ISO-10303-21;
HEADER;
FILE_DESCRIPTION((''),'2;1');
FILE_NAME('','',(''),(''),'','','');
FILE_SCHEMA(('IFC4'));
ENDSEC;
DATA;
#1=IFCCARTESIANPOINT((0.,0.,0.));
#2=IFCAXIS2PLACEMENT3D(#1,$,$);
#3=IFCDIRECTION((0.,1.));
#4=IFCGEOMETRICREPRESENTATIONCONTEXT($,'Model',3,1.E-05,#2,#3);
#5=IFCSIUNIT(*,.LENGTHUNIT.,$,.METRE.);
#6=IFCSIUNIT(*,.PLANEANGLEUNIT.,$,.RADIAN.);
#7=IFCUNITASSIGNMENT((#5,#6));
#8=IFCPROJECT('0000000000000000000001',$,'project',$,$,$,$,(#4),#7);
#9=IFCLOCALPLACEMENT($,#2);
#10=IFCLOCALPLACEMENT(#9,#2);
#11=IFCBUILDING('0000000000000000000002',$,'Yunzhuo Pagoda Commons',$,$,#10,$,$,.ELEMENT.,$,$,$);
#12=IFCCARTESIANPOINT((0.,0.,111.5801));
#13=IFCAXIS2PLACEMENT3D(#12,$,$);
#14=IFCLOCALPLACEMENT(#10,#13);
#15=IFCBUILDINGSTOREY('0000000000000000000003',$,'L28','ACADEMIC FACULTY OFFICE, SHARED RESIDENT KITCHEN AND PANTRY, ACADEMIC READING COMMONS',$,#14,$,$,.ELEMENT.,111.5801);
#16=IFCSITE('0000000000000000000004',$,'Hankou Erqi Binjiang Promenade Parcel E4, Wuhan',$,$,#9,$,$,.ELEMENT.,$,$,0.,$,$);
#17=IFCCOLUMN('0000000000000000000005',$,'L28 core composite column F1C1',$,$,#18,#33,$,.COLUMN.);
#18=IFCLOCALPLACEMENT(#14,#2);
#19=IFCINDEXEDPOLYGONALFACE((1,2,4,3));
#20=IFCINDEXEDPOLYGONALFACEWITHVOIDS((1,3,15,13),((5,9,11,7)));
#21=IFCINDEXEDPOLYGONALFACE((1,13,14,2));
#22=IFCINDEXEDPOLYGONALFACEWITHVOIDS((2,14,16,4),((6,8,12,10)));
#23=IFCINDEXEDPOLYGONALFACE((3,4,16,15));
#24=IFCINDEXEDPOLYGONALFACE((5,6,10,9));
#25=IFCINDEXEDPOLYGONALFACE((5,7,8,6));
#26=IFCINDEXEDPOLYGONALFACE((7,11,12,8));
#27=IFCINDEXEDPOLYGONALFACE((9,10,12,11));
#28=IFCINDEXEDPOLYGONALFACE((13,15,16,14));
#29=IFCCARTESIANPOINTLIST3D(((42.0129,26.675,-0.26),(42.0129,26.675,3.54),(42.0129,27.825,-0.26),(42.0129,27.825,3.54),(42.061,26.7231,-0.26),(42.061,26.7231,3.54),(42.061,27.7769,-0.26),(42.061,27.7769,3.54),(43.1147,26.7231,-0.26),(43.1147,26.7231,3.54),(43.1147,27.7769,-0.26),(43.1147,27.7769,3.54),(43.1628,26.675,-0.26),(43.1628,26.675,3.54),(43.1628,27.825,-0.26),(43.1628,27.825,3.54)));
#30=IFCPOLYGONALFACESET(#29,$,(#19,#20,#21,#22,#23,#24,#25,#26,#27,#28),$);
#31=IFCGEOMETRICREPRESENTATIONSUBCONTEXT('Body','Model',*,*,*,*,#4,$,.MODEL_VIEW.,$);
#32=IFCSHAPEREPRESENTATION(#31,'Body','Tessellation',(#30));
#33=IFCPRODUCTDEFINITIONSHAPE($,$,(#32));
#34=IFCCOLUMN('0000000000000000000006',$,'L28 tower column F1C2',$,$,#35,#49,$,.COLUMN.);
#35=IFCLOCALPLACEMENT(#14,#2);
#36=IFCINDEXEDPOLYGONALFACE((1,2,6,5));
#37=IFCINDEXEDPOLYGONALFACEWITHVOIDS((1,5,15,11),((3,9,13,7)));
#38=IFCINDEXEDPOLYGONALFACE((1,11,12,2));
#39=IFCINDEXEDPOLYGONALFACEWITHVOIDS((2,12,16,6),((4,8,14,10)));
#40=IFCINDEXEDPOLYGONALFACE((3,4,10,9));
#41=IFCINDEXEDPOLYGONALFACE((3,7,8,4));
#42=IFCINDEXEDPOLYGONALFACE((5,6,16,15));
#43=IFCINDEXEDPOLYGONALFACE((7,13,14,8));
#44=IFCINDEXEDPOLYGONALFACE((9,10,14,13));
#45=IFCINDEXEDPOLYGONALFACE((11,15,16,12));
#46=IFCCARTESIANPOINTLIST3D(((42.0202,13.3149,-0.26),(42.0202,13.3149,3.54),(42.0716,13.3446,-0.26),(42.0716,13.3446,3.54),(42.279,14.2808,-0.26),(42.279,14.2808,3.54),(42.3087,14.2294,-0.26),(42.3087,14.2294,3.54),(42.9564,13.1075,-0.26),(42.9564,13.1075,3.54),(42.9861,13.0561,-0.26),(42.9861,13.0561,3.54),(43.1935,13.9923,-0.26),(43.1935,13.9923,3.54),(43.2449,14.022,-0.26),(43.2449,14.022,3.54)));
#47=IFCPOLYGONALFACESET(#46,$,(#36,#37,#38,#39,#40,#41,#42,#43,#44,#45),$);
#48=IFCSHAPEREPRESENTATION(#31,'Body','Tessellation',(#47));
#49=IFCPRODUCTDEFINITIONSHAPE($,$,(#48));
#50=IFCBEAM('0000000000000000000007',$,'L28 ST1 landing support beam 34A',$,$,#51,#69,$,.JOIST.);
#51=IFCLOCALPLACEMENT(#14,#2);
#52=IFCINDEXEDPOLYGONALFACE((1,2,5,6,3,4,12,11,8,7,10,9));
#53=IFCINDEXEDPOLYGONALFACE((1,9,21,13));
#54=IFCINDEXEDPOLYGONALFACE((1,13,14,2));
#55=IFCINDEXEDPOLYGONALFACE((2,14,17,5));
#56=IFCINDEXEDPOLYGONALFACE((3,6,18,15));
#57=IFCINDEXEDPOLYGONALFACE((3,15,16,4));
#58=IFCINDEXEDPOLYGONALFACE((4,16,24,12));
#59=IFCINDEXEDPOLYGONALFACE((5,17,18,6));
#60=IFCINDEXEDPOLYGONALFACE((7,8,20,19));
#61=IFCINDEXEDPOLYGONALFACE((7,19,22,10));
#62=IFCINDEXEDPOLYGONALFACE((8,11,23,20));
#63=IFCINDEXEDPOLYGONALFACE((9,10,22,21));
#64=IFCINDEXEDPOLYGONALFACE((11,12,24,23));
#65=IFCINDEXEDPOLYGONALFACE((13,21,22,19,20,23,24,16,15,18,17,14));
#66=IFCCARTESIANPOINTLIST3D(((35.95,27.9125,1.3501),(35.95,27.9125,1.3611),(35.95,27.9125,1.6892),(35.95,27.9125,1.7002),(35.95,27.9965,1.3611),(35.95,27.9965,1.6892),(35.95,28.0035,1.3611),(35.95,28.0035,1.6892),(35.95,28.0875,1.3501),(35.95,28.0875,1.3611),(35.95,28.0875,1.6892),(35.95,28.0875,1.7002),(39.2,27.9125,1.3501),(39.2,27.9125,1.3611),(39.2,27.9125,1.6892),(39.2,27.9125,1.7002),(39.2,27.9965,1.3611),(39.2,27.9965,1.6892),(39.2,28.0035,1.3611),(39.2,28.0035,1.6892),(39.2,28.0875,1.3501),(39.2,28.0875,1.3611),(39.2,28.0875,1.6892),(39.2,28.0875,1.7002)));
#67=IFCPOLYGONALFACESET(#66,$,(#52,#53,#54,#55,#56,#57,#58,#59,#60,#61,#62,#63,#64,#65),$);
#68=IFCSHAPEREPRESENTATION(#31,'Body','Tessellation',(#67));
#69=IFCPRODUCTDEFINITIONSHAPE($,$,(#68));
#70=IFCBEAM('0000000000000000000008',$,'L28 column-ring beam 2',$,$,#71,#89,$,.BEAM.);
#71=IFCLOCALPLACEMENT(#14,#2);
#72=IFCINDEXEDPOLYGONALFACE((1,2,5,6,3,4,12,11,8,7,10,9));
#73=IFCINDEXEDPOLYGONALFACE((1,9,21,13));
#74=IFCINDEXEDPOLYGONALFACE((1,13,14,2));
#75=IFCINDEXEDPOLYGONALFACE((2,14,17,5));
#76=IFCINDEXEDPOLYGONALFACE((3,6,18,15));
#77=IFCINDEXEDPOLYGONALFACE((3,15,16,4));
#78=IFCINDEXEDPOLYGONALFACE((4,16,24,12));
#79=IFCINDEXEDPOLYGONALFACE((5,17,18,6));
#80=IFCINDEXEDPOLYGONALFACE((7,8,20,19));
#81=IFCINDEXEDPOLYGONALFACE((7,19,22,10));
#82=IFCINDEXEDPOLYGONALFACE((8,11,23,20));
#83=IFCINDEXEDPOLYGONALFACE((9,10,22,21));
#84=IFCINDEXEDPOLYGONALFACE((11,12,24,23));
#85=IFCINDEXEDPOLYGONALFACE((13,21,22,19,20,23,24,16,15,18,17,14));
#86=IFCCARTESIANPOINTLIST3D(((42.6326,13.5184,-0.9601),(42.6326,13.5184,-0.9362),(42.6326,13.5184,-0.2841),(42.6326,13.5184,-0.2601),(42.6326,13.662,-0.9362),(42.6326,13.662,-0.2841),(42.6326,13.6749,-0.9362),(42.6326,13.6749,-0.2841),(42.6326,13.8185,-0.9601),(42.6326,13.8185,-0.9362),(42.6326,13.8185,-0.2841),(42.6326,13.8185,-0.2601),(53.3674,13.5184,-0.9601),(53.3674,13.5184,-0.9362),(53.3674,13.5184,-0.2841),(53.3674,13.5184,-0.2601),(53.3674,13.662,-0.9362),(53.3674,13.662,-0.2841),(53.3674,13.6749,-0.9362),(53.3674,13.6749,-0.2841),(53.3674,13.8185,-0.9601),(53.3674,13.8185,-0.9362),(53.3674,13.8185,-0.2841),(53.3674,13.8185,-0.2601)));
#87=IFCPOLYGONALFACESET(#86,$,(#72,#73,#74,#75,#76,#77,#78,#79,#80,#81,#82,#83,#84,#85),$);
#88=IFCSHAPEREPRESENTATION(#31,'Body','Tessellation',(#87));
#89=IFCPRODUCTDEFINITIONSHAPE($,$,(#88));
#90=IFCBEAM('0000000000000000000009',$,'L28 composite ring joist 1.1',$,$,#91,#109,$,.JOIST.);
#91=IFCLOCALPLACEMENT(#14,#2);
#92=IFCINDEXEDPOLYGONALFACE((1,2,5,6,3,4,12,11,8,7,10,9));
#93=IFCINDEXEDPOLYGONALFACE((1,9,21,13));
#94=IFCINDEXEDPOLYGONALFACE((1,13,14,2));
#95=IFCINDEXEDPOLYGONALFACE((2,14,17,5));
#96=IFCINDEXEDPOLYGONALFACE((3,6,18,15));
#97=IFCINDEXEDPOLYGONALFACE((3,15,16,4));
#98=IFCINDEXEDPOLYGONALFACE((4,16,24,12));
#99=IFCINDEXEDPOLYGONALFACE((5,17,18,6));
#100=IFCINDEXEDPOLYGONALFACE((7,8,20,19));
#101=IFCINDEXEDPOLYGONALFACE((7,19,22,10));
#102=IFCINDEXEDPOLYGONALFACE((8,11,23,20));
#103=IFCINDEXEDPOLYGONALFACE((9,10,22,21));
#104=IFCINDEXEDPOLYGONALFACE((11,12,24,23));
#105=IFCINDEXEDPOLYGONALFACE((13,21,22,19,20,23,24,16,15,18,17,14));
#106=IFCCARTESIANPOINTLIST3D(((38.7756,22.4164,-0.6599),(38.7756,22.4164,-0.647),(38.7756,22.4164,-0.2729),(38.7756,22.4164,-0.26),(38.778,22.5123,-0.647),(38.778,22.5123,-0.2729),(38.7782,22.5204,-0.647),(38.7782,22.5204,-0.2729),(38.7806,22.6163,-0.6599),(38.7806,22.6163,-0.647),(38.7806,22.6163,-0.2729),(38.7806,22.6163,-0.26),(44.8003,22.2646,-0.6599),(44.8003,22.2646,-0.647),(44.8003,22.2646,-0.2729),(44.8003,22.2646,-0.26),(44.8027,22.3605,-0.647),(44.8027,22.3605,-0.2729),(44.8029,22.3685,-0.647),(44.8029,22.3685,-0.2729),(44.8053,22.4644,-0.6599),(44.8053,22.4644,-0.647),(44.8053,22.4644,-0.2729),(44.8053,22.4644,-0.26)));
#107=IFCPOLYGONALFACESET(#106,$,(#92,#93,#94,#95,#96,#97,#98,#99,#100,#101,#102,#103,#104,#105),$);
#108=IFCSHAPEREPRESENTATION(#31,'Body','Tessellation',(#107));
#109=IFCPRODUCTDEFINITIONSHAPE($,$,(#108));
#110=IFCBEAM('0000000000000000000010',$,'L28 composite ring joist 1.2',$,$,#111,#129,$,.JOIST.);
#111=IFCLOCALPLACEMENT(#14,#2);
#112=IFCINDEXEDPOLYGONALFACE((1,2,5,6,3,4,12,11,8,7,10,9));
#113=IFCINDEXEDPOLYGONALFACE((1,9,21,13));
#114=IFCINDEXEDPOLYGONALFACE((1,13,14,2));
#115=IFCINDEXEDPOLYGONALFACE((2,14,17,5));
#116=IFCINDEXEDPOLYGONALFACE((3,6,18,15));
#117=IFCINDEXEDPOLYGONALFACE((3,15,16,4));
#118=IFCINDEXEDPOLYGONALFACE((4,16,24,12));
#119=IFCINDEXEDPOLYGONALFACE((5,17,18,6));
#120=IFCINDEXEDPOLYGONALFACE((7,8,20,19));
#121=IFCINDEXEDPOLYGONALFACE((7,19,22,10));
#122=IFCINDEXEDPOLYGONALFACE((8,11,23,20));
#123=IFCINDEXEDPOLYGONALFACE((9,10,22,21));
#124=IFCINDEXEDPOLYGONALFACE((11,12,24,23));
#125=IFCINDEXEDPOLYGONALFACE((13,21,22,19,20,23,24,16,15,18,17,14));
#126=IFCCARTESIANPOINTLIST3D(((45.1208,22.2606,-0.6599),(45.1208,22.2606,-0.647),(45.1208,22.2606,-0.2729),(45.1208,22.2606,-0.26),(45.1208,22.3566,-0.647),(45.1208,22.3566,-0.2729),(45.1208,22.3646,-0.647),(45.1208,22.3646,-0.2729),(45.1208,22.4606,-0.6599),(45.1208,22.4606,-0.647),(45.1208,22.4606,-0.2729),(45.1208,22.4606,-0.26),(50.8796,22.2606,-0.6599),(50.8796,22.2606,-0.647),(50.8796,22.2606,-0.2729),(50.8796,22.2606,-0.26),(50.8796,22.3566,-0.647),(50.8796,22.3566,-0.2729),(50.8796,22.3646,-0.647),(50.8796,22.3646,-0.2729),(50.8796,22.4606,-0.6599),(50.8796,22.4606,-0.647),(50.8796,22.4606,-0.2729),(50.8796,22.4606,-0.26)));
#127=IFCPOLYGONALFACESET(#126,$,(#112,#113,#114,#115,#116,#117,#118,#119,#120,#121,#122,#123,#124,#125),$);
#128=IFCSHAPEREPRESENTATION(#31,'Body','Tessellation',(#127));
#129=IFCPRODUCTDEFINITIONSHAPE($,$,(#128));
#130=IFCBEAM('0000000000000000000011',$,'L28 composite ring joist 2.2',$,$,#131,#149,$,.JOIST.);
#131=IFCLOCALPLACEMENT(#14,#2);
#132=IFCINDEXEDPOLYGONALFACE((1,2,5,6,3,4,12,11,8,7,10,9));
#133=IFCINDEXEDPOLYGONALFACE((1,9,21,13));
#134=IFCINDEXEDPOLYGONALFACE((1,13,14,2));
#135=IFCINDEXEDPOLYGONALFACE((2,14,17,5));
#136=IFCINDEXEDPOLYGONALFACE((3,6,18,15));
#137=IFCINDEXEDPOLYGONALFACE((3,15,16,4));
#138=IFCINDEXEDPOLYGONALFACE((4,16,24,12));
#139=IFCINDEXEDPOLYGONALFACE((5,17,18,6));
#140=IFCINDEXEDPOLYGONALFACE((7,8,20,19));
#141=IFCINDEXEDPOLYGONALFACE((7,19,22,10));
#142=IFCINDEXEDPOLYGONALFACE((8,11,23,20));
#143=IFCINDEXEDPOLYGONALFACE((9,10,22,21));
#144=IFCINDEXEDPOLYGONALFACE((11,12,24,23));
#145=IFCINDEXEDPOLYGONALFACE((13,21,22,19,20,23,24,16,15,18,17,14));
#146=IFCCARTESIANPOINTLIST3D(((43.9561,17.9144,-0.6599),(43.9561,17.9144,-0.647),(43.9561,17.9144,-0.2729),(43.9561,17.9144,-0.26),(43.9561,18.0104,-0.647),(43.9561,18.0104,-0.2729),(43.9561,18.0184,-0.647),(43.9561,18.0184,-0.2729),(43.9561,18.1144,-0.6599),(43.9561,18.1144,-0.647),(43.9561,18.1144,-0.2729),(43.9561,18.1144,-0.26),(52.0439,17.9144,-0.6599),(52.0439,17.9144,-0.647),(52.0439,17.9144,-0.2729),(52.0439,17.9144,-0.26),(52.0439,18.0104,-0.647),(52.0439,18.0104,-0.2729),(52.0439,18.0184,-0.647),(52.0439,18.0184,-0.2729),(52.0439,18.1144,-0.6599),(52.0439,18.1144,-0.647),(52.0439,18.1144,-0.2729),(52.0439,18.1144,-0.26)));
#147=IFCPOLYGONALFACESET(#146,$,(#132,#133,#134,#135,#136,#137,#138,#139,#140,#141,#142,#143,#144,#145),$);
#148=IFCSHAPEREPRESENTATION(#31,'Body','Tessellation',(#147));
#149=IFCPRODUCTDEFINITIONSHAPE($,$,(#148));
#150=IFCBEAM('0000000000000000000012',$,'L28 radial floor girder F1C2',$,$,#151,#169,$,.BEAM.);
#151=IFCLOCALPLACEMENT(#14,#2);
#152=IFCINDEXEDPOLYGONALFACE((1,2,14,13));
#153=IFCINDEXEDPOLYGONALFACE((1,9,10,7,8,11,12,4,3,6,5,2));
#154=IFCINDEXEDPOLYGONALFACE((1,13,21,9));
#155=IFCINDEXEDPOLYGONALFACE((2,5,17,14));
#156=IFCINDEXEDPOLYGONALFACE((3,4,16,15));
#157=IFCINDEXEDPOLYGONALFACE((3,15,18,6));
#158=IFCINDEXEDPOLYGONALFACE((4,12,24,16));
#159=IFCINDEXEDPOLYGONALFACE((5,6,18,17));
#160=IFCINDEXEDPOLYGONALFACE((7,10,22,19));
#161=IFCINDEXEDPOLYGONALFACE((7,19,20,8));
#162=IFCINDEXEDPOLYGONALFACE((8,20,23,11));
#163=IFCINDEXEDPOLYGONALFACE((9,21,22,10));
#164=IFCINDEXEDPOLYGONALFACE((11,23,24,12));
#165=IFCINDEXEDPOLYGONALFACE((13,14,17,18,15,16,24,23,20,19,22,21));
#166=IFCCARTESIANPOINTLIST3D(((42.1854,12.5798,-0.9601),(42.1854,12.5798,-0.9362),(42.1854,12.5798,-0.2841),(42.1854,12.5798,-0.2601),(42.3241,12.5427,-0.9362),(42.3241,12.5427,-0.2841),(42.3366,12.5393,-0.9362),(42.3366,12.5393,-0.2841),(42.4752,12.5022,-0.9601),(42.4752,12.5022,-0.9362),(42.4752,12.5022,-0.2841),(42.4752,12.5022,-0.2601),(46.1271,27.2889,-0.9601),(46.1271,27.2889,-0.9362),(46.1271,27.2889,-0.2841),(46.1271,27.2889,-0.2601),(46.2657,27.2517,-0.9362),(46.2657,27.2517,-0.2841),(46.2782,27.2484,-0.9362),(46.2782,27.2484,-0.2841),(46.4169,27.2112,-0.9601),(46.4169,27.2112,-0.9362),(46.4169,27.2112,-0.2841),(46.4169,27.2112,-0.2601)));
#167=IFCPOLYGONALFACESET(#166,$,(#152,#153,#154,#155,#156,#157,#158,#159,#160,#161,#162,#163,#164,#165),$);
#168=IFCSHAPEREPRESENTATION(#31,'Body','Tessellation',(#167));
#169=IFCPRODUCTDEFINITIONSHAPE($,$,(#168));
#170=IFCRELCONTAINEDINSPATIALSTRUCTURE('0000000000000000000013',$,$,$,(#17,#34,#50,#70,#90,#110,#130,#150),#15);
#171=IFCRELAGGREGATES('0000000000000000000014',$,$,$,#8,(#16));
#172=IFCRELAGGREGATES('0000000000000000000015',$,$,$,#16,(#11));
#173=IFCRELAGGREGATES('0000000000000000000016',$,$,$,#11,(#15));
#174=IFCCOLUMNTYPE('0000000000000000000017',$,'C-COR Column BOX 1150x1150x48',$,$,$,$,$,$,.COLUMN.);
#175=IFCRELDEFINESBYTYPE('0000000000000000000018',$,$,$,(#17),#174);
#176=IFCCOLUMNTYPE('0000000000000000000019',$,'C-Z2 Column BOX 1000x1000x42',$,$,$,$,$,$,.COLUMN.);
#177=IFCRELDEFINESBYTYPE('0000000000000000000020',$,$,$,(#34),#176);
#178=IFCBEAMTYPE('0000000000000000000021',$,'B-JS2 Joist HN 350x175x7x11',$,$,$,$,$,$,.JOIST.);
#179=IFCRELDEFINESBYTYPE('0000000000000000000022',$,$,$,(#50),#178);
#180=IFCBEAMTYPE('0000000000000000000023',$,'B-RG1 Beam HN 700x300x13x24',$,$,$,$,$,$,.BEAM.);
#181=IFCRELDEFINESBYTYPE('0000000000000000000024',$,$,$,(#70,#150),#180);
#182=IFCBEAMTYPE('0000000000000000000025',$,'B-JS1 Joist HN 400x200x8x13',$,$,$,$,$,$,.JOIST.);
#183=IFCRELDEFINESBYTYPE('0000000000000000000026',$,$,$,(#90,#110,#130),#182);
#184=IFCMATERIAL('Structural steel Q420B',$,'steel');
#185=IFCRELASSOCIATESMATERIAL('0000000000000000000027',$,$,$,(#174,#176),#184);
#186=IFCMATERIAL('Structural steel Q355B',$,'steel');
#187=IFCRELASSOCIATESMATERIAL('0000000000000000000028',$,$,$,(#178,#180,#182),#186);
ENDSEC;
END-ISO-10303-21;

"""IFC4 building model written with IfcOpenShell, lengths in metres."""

from ifc_helpers import new_model, si_unit, direction, frame, origin, origin_2d, place, context, subcontext, project, spatial, hollow_rectangle, i_section, extrude, source, transform, mapped, material, material_profile, profile_set, type_object, element, save


model = new_model("IFC4")

# Units and contexts
model_context = context("Model", 3, precision=1e-05, world=origin(), true_north=direction((0.0, 1.0)))
body_context = subcontext(model_context, "Body", "Model", "MODEL_VIEW")
ifc_project = project(units=[si_unit("LENGTHUNIT", "METRE"), si_unit("PLANEANGLEUNIT", "RADIAN")], contexts=[model_context])

# Site, building, storey
site_placement = place(None, origin())
site = spatial("IfcSite", under=ifc_project, at=site_placement, Name="Hankou Erqi Binjiang Promenade Parcel E4, Wuhan", CompositionType="ELEMENT", RefElevation=0.0)
building_placement = place(site_placement, origin())
building = spatial("IfcBuilding", under=site, at=building_placement, Name="Yunzhuo Pagoda Commons", CompositionType="ELEMENT")
storey_placement = place(building_placement, frame((0.0, 0.0, 111.5801)))
storey = spatial("IfcBuildingStorey", under=building, at=storey_placement, Name="L28", Description="ACADEMIC FACULTY OFFICE, SHARED RESIDENT KITCHEN AND PANTRY, ACADEMIC READING COMMONS", CompositionType="ELEMENT", Elevation=111.5801)

# Columns
ifc_material_1 = material(Name="Structural steel Q420B", Category="steel")
ifc_material_profile_1 = material_profile(ifc_material_1, hollow_rectangle(XDim=1.1499, YDim=1.1499, WallThickness=0.0481, at=origin_2d()), Name="Structural steel Q420B")
ifc_profile_set_1 = profile_set([ifc_material_profile_1], Name="Structural steel Q420B")
column_type_1 = type_object("IfcColumnType", Name="C-COR Column BOX 1150x1150x48", PredefinedType="COLUMN", material=ifc_profile_set_1)
shared_shape_1 = source(origin(), body_context, "Body", "SweptSolid", [
    extrude(hollow_rectangle(XDim=1.1499, YDim=1.1499, WallThickness=0.0481, at=origin_2d()), origin(), (0.0, 0.0, 1.0), 3.8),
])
column_1_placement = place(storey_placement, frame((42.5879, 27.25, -0.26), z_axis=(0.0, 0.0, 1.0), x_axis=(1.0, 0.0, 0.0)))
element("IfcColumn", 1, at=column_1_placement, inside=storey, type_object=column_type_1, Name="L28 core composite column F1C1", PredefinedType="COLUMN", context=body_context, shape_type="MappedRepresentation", body=[
    mapped(shared_shape_1, transform((0.0, 0.0, 0.0), scale=1.0)),
])
ifc_material_profile_2 = material_profile(ifc_material_1, hollow_rectangle(XDim=1.0, YDim=1.0, WallThickness=0.042, at=origin_2d()), Name="Structural steel Q420B")
ifc_profile_set_2 = profile_set([ifc_material_profile_2], Name="Structural steel Q420B")
column_type_2 = type_object("IfcColumnType", Name="C-Z2 Column BOX 1000x1000x42", PredefinedType="COLUMN", material=ifc_profile_set_2)
shared_shape_2 = source(origin(), body_context, "Body", "SweptSolid", [
    extrude(hollow_rectangle(XDim=1.0, YDim=1.0, WallThickness=0.042, at=origin_2d()), origin(), (0.0, 0.0, 1.0), 3.8),
])
column_2_placement = place(storey_placement, frame((42.6326, 13.6685, -0.26), z_axis=(0.0, 0.0, 1.0), x_axis=(0.965926, -0.258819, 0.0)))
element("IfcColumn", 2, at=column_2_placement, inside=storey, type_object=column_type_2, Name="L28 tower column F1C2", PredefinedType="COLUMN", context=body_context, shape_type="MappedRepresentation", body=[
    mapped(shared_shape_2, transform((0.0, 0.0, 0.0), scale=1.0)),
])

# Beams
ifc_material_2 = material(Name="Structural steel Q355B", Category="steel")
ifc_material_profile_3 = material_profile(ifc_material_2, i_section(OverallWidth=0.175, OverallDepth=0.3501, WebThickness=0.0071, FlangeThickness=0.011, at=origin_2d()), Name="Structural steel Q355B")
ifc_profile_set_3 = profile_set([ifc_material_profile_3], Name="Structural steel Q355B")
beam_type_1 = type_object("IfcBeamType", Name="B-JS2 Joist HN 350x175x7x11", PredefinedType="JOIST", material=ifc_profile_set_3)
shared_shape_3 = source(origin(), body_context, "Body", "SweptSolid", [
    extrude(i_section(OverallWidth=0.175, OverallDepth=0.3501, WebThickness=0.0071, FlangeThickness=0.011, at=origin_2d()), origin(), (0.0, 0.0, 1.0), 3.25),
])
beam_1_placement = place(storey_placement, frame((35.95, 28.0, 1.5251), z_axis=(1.0, 0.0, 0.0), x_axis=(0.0, 1.0, 0.0)))
element("IfcBeam", 3, at=beam_1_placement, inside=storey, type_object=beam_type_1, Name="L28 ST1 landing support beam 34A", PredefinedType="JOIST", context=body_context, shape_type="MappedRepresentation", body=[
    mapped(shared_shape_3, transform((0.0, 0.0, 0.0), scale=1.0)),
])
ifc_material_profile_4 = material_profile(ifc_material_2, i_section(OverallWidth=0.3, OverallDepth=0.7, WebThickness=0.0129, FlangeThickness=0.0239, at=origin_2d()), Name="Structural steel Q355B")
ifc_profile_set_4 = profile_set([ifc_material_profile_4], Name="Structural steel Q355B")
beam_type_2 = type_object("IfcBeamType", Name="B-RG1 Beam HN 700x300x13x24", PredefinedType="BEAM", material=ifc_profile_set_4)
shared_shape_4 = source(origin(), body_context, "Body", "SweptSolid", [
    extrude(i_section(OverallWidth=0.3, OverallDepth=0.7, WebThickness=0.0129, FlangeThickness=0.0239, at=origin_2d()), origin(), (0.0, 0.0, 1.0), 10.7349),
])
beam_2_placement = place(storey_placement, frame((42.6326, 13.6685, -0.6101), z_axis=(1.0, 0.0, 0.0), x_axis=(0.0, 1.0, 0.0)))
element("IfcBeam", 4, at=beam_2_placement, inside=storey, type_object=beam_type_2, Name="L28 column-ring beam 2", PredefinedType="BEAM", context=body_context, shape_type="MappedRepresentation", body=[
    mapped(shared_shape_4, transform((0.0, 0.0, 0.0), scale=1.0)),
])
ifc_material_profile_5 = material_profile(ifc_material_2, i_section(OverallWidth=0.2, OverallDepth=0.3999, WebThickness=0.0081, FlangeThickness=0.0129, at=origin_2d()), Name="Structural steel Q355B")
ifc_profile_set_5 = profile_set([ifc_material_profile_5], Name="Structural steel Q355B")
beam_type_3 = type_object("IfcBeamType", Name="B-JS1 Joist HN 400x200x8x13", PredefinedType="JOIST", material=ifc_profile_set_5)
shared_shape_5 = source(origin(), body_context, "Body", "SweptSolid", [
    extrude(i_section(OverallWidth=0.2, OverallDepth=0.3999, WebThickness=0.0081, FlangeThickness=0.0129, at=origin_2d()), origin(), (0.0, 0.0, 1.0), 6.0266),
])
beam_3_placement = place(storey_placement, frame((38.7781, 22.5164, -0.46), z_axis=(0.999682, -0.025198, 0.0), x_axis=(0.025198, 0.999682, 0.0)))
element("IfcBeam", 5, at=beam_3_placement, inside=storey, type_object=beam_type_3, Name="L28 composite ring joist 1.1", PredefinedType="JOIST", context=body_context, shape_type="MappedRepresentation", body=[
    mapped(shared_shape_5, transform((0.0, 0.0, 0.0), scale=1.0)),
])
shared_shape_6 = source(origin(), body_context, "Body", "SweptSolid", [
    extrude(i_section(OverallWidth=0.2, OverallDepth=0.3999, WebThickness=0.0081, FlangeThickness=0.0129, at=origin_2d()), origin(), (0.0, 0.0, 1.0), 5.7588),
])
beam_4_placement = place(storey_placement, frame((45.1208, 22.3606, -0.46), z_axis=(1.0, 0.0, 0.0), x_axis=(0.0, 1.0, 0.0)))
element("IfcBeam", 6, at=beam_4_placement, inside=storey, type_object=beam_type_3, Name="L28 composite ring joist 1.2", PredefinedType="JOIST", context=body_context, shape_type="MappedRepresentation", body=[
    mapped(shared_shape_6, transform((0.0, 0.0, 0.0), scale=1.0)),
])
shared_shape_7 = source(origin(), body_context, "Body", "SweptSolid", [
    extrude(i_section(OverallWidth=0.2, OverallDepth=0.3999, WebThickness=0.0081, FlangeThickness=0.0129, at=origin_2d()), origin(), (0.0, 0.0, 1.0), 8.0879),
])
beam_5_placement = place(storey_placement, frame((43.9561, 18.0144, -0.46), z_axis=(1.0, 0.0, 0.0), x_axis=(0.0, 1.0, 0.0)))
element("IfcBeam", 7, at=beam_5_placement, inside=storey, type_object=beam_type_3, Name="L28 composite ring joist 2.2", PredefinedType="JOIST", context=body_context, shape_type="MappedRepresentation", body=[
    mapped(shared_shape_7, transform((0.0, 0.0, 0.0), scale=1.0)),
])
shared_shape_8 = source(origin(), body_context, "Body", "SweptSolid", [
    extrude(i_section(OverallWidth=0.3, OverallDepth=0.7, WebThickness=0.0129, FlangeThickness=0.0239, at=origin_2d()), origin(), (0.0, 0.0, 1.0), 15.228),
])
beam_6_placement = place(storey_placement, frame((42.3303, 12.541, -0.6101), z_axis=(0.258843, 0.965919, 0.0), x_axis=(-0.965919, 0.258843, 0.0)))
element("IfcBeam", 8, at=beam_6_placement, inside=storey, type_object=beam_type_2, Name="L28 radial floor girder F1C2", PredefinedType="BEAM", context=body_context, shape_type="MappedRepresentation", body=[
    mapped(shared_shape_8, transform((0.0, 0.0, 0.0), scale=1.0)),
])

save(model, "model.ifc")
